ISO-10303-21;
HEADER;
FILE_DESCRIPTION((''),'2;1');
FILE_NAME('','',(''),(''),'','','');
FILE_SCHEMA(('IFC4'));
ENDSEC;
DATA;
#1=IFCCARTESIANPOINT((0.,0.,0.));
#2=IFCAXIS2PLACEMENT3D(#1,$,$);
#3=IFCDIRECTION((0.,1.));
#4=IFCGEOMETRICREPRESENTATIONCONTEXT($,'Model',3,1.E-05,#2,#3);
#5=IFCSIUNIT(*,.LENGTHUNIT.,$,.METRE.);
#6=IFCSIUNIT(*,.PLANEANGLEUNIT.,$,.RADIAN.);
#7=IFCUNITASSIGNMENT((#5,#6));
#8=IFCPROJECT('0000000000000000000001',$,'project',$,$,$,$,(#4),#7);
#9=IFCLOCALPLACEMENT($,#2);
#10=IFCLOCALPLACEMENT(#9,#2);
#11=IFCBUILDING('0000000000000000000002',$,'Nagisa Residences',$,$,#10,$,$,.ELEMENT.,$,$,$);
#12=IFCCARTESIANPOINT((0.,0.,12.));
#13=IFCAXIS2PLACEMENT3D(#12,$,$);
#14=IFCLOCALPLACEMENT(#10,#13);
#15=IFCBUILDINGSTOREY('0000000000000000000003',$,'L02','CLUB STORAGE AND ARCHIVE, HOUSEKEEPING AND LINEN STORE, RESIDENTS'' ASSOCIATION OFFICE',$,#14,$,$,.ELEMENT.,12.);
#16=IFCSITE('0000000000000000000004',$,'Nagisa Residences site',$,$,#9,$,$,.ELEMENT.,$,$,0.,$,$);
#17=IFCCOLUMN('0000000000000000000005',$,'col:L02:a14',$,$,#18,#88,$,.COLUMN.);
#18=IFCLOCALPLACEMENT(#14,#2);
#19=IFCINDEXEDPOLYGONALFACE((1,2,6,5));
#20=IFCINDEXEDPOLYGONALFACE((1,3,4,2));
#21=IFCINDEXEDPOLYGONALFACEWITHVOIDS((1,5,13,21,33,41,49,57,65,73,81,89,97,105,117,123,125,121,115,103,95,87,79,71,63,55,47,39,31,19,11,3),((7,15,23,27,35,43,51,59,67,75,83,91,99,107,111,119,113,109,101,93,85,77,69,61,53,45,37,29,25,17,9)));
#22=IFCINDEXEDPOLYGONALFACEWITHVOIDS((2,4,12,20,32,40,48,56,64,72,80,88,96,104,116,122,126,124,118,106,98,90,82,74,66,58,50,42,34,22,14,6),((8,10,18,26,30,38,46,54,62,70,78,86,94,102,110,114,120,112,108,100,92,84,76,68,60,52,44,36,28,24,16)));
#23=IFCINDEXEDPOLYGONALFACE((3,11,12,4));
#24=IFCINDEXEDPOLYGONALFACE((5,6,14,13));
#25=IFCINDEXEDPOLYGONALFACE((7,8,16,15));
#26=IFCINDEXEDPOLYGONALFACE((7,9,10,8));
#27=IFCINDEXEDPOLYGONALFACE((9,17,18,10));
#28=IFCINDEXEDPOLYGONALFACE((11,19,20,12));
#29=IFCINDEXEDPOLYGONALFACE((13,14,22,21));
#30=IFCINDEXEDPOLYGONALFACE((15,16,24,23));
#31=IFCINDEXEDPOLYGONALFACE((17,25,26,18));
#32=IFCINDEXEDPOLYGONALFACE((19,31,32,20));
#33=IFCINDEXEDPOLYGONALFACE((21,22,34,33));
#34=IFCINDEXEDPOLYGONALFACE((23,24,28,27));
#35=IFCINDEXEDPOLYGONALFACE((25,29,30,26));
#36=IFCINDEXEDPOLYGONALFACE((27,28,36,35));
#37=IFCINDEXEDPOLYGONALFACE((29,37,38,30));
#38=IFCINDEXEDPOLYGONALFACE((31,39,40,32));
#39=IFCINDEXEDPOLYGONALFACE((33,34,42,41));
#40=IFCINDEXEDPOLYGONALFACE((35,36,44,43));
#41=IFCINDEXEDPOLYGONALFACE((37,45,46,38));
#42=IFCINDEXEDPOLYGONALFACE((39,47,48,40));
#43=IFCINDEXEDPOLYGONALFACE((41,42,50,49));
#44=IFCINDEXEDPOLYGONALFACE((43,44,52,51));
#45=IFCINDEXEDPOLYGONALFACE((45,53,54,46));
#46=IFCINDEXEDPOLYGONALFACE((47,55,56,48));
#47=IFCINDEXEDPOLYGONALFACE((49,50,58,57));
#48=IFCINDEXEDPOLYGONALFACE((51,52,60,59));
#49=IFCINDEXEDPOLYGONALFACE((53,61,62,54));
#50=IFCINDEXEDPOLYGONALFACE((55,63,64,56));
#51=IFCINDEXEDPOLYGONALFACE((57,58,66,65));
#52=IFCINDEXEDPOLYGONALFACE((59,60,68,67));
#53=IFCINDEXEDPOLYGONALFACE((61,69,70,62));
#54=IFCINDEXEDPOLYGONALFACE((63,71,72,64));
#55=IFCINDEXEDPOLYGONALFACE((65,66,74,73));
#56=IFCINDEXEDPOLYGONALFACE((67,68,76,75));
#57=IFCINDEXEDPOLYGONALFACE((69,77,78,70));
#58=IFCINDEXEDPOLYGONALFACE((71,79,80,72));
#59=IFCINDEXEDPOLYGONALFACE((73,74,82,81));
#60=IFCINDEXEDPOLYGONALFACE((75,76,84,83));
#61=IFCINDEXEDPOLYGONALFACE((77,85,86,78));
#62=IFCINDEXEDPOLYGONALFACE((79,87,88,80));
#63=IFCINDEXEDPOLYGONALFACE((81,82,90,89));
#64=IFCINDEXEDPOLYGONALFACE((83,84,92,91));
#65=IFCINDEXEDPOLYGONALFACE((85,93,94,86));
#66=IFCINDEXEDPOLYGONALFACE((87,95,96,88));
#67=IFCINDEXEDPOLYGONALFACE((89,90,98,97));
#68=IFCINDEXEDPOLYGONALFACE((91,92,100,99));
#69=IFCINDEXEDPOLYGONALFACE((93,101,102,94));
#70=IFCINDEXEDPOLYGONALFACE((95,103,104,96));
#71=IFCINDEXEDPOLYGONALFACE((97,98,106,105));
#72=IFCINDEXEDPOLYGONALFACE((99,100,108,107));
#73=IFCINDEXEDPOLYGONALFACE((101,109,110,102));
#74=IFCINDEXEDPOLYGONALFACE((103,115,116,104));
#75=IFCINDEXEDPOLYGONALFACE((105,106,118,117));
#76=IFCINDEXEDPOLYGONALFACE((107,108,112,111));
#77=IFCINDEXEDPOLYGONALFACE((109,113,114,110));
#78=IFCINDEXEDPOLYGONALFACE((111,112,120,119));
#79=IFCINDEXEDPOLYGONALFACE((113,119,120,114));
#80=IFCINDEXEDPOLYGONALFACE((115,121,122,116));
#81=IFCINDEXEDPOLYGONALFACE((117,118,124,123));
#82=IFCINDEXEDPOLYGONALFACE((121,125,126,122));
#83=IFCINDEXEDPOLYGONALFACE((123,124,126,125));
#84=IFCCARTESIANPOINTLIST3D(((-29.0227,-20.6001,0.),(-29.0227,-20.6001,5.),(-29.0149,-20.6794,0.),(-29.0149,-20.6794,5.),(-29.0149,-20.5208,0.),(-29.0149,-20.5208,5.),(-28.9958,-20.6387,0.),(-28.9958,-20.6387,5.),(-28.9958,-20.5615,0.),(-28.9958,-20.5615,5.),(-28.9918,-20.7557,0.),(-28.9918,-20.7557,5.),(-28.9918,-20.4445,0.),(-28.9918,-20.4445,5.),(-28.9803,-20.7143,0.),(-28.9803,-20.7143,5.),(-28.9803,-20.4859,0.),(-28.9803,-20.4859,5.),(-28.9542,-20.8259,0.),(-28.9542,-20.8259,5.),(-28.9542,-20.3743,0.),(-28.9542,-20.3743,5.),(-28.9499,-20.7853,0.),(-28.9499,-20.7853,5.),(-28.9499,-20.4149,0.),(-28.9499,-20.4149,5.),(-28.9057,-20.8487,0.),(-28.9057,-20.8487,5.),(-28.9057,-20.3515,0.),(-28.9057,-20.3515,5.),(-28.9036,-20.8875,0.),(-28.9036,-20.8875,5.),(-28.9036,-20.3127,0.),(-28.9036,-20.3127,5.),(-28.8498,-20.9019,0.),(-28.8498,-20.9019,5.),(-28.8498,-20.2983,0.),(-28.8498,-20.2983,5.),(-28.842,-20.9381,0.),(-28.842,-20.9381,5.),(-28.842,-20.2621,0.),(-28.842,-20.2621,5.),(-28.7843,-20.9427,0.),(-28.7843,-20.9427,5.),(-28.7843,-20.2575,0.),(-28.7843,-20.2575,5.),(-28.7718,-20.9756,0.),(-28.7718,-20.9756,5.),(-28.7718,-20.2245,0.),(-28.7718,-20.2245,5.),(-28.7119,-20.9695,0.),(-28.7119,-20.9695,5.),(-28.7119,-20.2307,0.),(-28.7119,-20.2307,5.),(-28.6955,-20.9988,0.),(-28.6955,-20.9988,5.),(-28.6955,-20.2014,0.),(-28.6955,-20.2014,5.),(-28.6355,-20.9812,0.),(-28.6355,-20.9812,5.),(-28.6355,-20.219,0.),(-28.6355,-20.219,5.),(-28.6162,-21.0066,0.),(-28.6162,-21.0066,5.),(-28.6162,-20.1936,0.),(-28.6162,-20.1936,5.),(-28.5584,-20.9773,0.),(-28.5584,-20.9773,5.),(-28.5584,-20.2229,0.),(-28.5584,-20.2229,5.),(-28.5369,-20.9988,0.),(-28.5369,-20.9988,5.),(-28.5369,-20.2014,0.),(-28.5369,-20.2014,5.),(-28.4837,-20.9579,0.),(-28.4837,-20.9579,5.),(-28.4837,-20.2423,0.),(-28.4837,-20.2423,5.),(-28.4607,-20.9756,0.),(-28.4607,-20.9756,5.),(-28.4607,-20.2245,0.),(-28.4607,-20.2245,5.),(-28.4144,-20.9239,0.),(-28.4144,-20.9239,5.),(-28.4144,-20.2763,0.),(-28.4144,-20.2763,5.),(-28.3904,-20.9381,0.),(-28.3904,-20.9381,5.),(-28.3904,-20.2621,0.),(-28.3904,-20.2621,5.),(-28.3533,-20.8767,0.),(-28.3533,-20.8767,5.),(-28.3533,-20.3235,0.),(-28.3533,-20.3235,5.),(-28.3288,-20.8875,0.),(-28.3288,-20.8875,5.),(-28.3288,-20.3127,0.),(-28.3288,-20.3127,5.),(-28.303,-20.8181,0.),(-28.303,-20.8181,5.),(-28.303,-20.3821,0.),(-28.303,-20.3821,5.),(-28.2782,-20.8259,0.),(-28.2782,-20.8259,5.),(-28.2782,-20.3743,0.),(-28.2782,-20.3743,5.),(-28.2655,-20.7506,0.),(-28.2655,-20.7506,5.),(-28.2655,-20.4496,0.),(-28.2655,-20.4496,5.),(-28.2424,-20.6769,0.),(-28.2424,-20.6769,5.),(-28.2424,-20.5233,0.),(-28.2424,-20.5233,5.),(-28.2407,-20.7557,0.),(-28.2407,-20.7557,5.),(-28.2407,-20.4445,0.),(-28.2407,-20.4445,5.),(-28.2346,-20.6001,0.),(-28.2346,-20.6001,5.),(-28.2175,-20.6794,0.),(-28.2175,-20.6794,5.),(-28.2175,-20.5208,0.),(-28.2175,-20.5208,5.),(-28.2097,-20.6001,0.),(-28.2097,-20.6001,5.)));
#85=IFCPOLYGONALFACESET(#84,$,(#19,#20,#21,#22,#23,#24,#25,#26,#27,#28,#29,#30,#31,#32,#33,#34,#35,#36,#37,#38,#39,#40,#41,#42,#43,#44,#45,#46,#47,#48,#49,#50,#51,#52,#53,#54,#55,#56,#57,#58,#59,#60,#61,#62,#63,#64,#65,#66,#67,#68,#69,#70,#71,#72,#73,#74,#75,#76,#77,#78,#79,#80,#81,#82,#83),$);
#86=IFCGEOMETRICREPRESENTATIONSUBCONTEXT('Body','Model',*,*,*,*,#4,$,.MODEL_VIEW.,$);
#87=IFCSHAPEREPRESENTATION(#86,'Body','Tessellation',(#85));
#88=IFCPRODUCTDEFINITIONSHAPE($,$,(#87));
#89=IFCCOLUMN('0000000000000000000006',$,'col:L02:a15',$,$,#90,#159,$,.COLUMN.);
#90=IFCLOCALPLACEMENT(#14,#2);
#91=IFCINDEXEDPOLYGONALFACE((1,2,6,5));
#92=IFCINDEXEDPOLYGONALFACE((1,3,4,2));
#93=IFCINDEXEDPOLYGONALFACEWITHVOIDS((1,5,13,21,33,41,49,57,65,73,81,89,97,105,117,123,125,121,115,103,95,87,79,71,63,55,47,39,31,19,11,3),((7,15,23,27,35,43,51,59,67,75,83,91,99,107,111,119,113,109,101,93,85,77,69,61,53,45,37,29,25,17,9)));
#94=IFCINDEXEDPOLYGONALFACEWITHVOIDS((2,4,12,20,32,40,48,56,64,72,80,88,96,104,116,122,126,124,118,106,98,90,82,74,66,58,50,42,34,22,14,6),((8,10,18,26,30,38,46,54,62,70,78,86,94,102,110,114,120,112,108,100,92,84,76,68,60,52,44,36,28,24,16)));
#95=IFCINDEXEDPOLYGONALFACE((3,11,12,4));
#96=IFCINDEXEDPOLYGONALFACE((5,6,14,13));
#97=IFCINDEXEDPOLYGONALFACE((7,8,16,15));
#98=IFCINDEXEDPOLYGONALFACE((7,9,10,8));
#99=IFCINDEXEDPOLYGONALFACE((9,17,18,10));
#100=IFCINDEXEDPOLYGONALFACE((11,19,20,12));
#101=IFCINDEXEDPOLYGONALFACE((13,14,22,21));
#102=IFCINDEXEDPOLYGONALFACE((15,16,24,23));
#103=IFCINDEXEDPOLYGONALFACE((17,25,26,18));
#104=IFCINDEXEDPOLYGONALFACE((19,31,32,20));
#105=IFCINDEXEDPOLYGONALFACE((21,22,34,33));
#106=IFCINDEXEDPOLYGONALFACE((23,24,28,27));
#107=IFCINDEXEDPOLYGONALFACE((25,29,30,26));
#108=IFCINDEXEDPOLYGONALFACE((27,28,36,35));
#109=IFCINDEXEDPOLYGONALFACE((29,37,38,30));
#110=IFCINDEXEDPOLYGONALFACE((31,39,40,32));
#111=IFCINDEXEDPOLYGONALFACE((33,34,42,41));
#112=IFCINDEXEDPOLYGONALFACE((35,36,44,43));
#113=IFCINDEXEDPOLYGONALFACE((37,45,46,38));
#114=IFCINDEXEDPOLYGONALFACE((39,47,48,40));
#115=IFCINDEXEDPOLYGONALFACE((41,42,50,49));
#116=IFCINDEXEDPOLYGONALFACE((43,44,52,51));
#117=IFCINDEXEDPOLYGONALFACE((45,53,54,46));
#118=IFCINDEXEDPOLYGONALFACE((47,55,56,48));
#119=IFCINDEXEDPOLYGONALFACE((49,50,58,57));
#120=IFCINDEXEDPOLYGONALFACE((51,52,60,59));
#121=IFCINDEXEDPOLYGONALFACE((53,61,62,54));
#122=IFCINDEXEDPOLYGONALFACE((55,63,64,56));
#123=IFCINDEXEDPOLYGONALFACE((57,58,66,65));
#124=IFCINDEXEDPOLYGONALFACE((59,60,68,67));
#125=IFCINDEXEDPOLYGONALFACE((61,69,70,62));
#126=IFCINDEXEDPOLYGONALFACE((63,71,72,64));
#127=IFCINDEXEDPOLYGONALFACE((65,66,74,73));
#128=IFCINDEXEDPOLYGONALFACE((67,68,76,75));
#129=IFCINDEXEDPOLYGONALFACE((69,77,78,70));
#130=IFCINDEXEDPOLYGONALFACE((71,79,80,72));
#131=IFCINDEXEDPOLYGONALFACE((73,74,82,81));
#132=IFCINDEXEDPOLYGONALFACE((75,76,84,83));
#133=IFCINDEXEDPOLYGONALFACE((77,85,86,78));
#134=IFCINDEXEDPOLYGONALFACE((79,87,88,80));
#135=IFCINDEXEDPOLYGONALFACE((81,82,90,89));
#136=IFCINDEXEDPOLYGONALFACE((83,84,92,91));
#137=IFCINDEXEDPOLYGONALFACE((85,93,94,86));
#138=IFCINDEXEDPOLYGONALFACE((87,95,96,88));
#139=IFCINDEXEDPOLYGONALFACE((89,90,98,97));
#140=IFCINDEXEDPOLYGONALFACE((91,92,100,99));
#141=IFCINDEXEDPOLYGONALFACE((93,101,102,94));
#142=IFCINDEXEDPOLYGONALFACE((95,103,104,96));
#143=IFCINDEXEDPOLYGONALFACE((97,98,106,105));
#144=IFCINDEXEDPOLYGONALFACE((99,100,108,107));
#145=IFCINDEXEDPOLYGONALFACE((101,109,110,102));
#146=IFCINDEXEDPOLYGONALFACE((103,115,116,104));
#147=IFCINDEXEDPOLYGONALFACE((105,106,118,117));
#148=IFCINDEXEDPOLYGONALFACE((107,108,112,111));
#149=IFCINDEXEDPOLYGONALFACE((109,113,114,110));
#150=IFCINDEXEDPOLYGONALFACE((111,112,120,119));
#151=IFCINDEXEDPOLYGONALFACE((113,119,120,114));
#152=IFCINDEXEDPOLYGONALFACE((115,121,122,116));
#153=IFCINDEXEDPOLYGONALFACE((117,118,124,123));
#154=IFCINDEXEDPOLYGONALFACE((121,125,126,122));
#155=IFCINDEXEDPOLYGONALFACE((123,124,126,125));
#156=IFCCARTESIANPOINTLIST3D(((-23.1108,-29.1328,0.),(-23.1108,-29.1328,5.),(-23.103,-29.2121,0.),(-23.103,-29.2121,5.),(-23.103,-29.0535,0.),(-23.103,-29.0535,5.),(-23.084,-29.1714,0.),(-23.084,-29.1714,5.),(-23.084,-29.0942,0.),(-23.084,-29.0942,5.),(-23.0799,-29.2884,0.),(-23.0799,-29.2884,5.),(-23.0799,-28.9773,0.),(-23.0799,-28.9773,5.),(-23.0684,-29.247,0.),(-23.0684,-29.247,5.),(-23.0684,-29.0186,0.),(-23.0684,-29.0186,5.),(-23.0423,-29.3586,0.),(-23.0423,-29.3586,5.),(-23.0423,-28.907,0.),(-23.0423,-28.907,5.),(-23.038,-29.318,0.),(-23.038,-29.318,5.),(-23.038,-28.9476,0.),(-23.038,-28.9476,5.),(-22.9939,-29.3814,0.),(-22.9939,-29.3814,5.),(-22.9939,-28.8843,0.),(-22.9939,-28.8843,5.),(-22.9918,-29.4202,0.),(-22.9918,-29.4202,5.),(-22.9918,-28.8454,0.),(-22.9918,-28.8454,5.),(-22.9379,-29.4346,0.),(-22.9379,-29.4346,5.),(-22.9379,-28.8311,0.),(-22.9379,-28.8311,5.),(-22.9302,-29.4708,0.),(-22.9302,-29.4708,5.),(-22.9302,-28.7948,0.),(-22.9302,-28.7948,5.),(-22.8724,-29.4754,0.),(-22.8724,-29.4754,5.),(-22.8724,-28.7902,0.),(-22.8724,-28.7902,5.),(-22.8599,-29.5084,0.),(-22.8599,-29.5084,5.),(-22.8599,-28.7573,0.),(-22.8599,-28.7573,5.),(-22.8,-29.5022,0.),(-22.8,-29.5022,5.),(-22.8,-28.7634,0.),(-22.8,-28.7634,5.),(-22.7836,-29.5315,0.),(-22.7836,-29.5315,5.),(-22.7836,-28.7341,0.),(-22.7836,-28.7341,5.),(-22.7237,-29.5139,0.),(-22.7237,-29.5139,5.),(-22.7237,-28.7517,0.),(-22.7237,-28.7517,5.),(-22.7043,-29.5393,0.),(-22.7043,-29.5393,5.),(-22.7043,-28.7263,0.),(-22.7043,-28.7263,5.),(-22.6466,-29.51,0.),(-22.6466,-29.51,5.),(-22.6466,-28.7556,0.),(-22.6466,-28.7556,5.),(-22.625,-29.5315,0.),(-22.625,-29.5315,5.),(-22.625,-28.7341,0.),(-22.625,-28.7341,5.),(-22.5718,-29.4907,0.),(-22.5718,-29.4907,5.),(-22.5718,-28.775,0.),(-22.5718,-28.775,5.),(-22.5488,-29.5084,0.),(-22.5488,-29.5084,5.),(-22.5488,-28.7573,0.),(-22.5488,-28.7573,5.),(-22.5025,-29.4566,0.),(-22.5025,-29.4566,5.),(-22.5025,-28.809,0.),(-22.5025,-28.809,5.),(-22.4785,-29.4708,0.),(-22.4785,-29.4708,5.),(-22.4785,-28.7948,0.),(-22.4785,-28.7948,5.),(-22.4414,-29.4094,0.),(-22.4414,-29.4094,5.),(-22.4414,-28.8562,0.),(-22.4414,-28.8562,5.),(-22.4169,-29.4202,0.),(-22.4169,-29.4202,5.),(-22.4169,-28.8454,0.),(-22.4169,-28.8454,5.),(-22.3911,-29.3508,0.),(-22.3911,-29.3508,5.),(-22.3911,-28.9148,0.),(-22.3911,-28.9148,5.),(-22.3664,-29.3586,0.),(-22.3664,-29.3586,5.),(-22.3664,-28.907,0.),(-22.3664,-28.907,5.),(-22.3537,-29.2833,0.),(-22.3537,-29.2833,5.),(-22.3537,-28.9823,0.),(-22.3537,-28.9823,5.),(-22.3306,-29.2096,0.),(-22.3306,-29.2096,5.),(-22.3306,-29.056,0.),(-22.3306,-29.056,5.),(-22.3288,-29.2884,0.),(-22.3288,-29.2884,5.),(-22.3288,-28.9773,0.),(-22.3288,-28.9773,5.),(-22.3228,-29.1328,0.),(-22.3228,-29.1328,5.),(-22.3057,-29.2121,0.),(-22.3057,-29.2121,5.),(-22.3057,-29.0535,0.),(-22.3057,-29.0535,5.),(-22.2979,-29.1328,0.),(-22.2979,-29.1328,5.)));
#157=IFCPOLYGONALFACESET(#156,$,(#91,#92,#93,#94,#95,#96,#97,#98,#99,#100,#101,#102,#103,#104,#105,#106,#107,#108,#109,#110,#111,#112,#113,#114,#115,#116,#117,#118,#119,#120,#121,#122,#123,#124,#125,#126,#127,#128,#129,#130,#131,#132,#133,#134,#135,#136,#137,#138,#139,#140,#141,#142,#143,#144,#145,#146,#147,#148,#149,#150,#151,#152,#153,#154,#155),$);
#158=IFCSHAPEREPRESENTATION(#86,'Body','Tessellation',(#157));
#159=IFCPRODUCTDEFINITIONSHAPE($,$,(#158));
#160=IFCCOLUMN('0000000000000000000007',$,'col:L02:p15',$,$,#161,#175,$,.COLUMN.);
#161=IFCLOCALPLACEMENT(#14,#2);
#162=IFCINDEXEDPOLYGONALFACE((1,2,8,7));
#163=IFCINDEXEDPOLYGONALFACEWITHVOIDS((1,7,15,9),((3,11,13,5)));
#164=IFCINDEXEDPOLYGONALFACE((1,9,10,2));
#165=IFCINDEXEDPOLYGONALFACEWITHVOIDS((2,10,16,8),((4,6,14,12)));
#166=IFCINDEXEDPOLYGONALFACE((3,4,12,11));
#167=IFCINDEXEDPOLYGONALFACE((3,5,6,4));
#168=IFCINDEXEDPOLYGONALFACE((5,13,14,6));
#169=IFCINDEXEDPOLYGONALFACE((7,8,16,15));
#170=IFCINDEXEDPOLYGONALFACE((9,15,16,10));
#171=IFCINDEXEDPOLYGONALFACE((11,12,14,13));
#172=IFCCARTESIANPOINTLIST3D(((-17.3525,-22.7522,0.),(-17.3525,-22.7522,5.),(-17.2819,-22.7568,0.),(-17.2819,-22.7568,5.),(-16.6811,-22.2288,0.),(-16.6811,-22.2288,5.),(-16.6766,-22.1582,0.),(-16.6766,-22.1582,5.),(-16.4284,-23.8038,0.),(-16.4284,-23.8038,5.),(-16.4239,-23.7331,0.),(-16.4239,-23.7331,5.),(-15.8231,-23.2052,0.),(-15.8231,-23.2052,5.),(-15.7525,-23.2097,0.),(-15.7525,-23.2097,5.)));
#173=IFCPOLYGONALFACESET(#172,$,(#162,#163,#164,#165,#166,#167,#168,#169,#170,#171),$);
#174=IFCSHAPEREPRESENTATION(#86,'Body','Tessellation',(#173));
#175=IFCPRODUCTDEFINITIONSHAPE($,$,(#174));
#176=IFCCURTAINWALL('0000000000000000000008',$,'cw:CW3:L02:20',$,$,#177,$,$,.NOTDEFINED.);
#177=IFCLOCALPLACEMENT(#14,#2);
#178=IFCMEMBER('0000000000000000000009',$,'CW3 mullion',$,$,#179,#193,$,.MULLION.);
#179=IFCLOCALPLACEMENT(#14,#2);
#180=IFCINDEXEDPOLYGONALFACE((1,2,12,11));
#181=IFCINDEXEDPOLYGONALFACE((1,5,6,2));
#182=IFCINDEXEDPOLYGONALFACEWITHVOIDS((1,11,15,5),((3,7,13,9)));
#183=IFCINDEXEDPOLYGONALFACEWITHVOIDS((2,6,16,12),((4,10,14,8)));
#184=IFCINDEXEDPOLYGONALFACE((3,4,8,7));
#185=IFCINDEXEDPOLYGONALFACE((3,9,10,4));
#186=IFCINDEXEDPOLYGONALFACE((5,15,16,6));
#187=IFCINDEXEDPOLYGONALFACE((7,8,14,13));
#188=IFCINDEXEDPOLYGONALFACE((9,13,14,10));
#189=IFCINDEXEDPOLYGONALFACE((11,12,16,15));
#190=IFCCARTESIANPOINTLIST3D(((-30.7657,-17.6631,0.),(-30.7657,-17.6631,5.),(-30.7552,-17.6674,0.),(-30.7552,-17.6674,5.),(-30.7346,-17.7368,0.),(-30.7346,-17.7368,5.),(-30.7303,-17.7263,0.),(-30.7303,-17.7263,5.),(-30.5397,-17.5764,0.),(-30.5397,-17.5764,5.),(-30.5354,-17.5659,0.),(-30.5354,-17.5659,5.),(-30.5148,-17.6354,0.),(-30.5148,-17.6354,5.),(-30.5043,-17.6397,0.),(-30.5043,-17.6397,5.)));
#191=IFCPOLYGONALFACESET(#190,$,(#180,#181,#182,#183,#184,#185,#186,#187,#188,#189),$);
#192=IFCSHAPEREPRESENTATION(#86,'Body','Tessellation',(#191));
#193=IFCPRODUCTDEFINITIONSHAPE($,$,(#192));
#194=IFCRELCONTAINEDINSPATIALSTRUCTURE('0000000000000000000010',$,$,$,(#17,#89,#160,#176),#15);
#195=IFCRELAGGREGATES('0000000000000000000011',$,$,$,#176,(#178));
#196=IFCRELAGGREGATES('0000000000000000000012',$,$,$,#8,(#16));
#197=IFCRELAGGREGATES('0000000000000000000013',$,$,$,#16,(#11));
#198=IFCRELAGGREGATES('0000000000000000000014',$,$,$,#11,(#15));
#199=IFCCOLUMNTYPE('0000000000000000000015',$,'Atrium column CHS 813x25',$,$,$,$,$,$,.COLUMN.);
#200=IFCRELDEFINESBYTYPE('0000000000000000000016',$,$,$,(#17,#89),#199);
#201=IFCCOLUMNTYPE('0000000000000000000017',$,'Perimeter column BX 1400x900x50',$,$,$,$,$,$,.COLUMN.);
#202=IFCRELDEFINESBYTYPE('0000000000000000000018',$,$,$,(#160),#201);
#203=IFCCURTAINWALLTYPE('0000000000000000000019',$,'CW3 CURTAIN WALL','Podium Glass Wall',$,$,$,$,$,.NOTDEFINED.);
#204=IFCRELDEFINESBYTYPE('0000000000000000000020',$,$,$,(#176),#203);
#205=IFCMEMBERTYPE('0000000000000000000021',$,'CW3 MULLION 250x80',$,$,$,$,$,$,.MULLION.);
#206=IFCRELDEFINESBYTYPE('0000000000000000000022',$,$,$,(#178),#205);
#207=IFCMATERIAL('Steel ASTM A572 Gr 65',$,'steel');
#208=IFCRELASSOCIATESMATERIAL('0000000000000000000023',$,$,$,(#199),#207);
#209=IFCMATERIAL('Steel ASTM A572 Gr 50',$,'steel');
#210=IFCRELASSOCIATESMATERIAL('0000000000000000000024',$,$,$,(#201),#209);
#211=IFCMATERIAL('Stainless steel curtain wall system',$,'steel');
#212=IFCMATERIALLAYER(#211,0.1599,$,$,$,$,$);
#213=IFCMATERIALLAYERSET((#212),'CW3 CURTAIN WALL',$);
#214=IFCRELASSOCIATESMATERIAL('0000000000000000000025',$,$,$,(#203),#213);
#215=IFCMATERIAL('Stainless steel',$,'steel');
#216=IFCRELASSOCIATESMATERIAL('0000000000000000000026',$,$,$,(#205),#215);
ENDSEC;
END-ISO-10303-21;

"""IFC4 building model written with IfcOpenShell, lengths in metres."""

from ifc_helpers import new_model, si_unit, direction, frame, origin, origin_2d, place, context, subcontext, project, spatial, hollow_rectangle, hollow_circle, extrude, material, layer, layer_set, material_profile, profile_set, type_object, element, aggregate, save


model = new_model("IFC4")

# Units and contexts
model_context = context("Model", 3, precision=1e-05, world=origin(), true_north=direction((0.0, 1.0)))
body_context = subcontext(model_context, "Body", "Model", "MODEL_VIEW")
ifc_project = project(units=[si_unit("LENGTHUNIT", "METRE"), si_unit("PLANEANGLEUNIT", "RADIAN")], contexts=[model_context])

# Site, building, storey
site_placement = place(None, origin())
site = spatial("IfcSite", under=ifc_project, at=site_placement, Name="Nagisa Residences site", CompositionType="ELEMENT", RefElevation=0.0)
building_placement = place(site_placement, origin())
building = spatial("IfcBuilding", under=site, at=building_placement, Name="Nagisa Residences", CompositionType="ELEMENT")
storey_placement = place(building_placement, frame((0.0, 0.0, 12.0)))
storey = spatial("IfcBuildingStorey", under=building, at=storey_placement, Name="L02", Description="CLUB STORAGE AND ARCHIVE, HOUSEKEEPING AND LINEN STORE, RESIDENTS' ASSOCIATION OFFICE", CompositionType="ELEMENT", Elevation=12.0)

# Columns
ifc_material_1 = material(Name="Steel ASTM A572 Gr 65", Category="steel")
ifc_material_profile_1 = material_profile(ifc_material_1, hollow_circle(Radius=0.4065, WallThickness=0.0249, at=origin_2d()), Name="CHS 813x25")
ifc_profile_set_1 = profile_set([ifc_material_profile_1], Name="Steel ASTM A572 Gr 65")
column_type_1 = type_object("IfcColumnType", Name="Atrium column CHS 813x25", PredefinedType="COLUMN", material=ifc_profile_set_1)
for number, where, z_axis, x_axis, name in (
    (1, (-28.6162, -20.6001, 0.0), (0.0, 0.0, 1.0), (1.0, 0.0, 0.0), "col:L02:a14"),
    (2, (-22.7043, -29.1328, 0.0), (0.0, 0.0, 1.0), (1.0, 0.0, 0.0), "col:L02:a15"),
):
    element("IfcColumn", number, at=place(storey_placement, frame(where, z_axis=z_axis, x_axis=x_axis)), inside=storey, type_object=column_type_1, Name=name, PredefinedType="COLUMN", context=body_context, shape_type="SweptSolid", body=[
        extrude(hollow_circle(Radius=0.4065, WallThickness=0.0249, at=origin_2d()), origin(), (0.0, 0.0, 1.0), 5.0),
    ])
ifc_material_2 = material(Name="Steel ASTM A572 Gr 50", Category="steel")
ifc_material_profile_2 = material_profile(ifc_material_2, hollow_rectangle(XDim=1.3999, YDim=0.8999, WallThickness=0.05, at=origin_2d()), Name="BX 1400x900x50")
ifc_profile_set_2 = profile_set([ifc_material_profile_2], Name="Steel ASTM A572 Gr 50")
column_type_2 = type_object("IfcColumnType", Name="Perimeter column BX 1400x900x50", PredefinedType="COLUMN", material=ifc_profile_set_2)
column_placement = place(storey_placement, frame((-16.5525, -22.981, 0.0), z_axis=(0.0, 0.0, 1.0), x_axis=(0.660115, -0.751165, 0.0)))
element("IfcColumn", 3, at=column_placement, inside=storey, type_object=column_type_2, Name="col:L02:p15", PredefinedType="COLUMN", context=body_context, shape_type="SweptSolid", body=[
    extrude(hollow_rectangle(XDim=1.3999, YDim=0.8999, WallThickness=0.05, at=origin_2d()), origin(), (0.0, 0.0, 1.0), 5.0),
])

# Curtain wall, member
ifc_material_3 = material(Name="Stainless steel curtain wall system", Category="steel")
ifc_layer_1 = layer(ifc_material_3, 0.1599)
ifc_layer_set_1 = layer_set([ifc_layer_1], Name="CW3 CURTAIN WALL")
curtain_wall_type_1 = type_object("IfcCurtainWallType", Name="CW3 CURTAIN WALL", Description="Podium Glass Wall", PredefinedType="NOTDEFINED", material=ifc_layer_set_1)
curtain_wall_1_placement = place(storey_placement, origin())
curtain_wall_1 = element("IfcCurtainWall", 4, at=curtain_wall_1_placement, inside=storey, type_object=curtain_wall_type_1, Name="cw:CW3:L02:20", PredefinedType="NOTDEFINED")
ifc_material_4 = material(Name="Stainless steel", Category="steel")
ifc_material_profile_3 = material_profile(ifc_material_4, hollow_rectangle(XDim=0.25, YDim=0.0801, WallThickness=0.0081, at=origin_2d()), Name="CW3 MULLION 250x80")
ifc_profile_set_3 = profile_set([ifc_material_profile_3], Name="Stainless steel")
member_type_1 = type_object("IfcMemberType", Name="CW3 MULLION 250x80", PredefinedType="MULLION", material=ifc_profile_set_3)
member_1_placement = place(storey_placement, frame((-30.635, -17.6514, 0.0), z_axis=(0.0, 0.0, 1.0), x_axis=(0.921357, 0.388718, 0.0)))
member_1 = element("IfcMember", 5, at=member_1_placement, type_object=member_type_1, Name="CW3 mullion", PredefinedType="MULLION", context=body_context, shape_type="SweptSolid", body=[
    extrude(hollow_rectangle(XDim=0.25, YDim=0.0801, WallThickness=0.0081, at=origin_2d()), origin(), (0.0, 0.0, 1.0), 5.0),
])

aggregate(curtain_wall_1, [member_1])

save(model, "model.ifc")
